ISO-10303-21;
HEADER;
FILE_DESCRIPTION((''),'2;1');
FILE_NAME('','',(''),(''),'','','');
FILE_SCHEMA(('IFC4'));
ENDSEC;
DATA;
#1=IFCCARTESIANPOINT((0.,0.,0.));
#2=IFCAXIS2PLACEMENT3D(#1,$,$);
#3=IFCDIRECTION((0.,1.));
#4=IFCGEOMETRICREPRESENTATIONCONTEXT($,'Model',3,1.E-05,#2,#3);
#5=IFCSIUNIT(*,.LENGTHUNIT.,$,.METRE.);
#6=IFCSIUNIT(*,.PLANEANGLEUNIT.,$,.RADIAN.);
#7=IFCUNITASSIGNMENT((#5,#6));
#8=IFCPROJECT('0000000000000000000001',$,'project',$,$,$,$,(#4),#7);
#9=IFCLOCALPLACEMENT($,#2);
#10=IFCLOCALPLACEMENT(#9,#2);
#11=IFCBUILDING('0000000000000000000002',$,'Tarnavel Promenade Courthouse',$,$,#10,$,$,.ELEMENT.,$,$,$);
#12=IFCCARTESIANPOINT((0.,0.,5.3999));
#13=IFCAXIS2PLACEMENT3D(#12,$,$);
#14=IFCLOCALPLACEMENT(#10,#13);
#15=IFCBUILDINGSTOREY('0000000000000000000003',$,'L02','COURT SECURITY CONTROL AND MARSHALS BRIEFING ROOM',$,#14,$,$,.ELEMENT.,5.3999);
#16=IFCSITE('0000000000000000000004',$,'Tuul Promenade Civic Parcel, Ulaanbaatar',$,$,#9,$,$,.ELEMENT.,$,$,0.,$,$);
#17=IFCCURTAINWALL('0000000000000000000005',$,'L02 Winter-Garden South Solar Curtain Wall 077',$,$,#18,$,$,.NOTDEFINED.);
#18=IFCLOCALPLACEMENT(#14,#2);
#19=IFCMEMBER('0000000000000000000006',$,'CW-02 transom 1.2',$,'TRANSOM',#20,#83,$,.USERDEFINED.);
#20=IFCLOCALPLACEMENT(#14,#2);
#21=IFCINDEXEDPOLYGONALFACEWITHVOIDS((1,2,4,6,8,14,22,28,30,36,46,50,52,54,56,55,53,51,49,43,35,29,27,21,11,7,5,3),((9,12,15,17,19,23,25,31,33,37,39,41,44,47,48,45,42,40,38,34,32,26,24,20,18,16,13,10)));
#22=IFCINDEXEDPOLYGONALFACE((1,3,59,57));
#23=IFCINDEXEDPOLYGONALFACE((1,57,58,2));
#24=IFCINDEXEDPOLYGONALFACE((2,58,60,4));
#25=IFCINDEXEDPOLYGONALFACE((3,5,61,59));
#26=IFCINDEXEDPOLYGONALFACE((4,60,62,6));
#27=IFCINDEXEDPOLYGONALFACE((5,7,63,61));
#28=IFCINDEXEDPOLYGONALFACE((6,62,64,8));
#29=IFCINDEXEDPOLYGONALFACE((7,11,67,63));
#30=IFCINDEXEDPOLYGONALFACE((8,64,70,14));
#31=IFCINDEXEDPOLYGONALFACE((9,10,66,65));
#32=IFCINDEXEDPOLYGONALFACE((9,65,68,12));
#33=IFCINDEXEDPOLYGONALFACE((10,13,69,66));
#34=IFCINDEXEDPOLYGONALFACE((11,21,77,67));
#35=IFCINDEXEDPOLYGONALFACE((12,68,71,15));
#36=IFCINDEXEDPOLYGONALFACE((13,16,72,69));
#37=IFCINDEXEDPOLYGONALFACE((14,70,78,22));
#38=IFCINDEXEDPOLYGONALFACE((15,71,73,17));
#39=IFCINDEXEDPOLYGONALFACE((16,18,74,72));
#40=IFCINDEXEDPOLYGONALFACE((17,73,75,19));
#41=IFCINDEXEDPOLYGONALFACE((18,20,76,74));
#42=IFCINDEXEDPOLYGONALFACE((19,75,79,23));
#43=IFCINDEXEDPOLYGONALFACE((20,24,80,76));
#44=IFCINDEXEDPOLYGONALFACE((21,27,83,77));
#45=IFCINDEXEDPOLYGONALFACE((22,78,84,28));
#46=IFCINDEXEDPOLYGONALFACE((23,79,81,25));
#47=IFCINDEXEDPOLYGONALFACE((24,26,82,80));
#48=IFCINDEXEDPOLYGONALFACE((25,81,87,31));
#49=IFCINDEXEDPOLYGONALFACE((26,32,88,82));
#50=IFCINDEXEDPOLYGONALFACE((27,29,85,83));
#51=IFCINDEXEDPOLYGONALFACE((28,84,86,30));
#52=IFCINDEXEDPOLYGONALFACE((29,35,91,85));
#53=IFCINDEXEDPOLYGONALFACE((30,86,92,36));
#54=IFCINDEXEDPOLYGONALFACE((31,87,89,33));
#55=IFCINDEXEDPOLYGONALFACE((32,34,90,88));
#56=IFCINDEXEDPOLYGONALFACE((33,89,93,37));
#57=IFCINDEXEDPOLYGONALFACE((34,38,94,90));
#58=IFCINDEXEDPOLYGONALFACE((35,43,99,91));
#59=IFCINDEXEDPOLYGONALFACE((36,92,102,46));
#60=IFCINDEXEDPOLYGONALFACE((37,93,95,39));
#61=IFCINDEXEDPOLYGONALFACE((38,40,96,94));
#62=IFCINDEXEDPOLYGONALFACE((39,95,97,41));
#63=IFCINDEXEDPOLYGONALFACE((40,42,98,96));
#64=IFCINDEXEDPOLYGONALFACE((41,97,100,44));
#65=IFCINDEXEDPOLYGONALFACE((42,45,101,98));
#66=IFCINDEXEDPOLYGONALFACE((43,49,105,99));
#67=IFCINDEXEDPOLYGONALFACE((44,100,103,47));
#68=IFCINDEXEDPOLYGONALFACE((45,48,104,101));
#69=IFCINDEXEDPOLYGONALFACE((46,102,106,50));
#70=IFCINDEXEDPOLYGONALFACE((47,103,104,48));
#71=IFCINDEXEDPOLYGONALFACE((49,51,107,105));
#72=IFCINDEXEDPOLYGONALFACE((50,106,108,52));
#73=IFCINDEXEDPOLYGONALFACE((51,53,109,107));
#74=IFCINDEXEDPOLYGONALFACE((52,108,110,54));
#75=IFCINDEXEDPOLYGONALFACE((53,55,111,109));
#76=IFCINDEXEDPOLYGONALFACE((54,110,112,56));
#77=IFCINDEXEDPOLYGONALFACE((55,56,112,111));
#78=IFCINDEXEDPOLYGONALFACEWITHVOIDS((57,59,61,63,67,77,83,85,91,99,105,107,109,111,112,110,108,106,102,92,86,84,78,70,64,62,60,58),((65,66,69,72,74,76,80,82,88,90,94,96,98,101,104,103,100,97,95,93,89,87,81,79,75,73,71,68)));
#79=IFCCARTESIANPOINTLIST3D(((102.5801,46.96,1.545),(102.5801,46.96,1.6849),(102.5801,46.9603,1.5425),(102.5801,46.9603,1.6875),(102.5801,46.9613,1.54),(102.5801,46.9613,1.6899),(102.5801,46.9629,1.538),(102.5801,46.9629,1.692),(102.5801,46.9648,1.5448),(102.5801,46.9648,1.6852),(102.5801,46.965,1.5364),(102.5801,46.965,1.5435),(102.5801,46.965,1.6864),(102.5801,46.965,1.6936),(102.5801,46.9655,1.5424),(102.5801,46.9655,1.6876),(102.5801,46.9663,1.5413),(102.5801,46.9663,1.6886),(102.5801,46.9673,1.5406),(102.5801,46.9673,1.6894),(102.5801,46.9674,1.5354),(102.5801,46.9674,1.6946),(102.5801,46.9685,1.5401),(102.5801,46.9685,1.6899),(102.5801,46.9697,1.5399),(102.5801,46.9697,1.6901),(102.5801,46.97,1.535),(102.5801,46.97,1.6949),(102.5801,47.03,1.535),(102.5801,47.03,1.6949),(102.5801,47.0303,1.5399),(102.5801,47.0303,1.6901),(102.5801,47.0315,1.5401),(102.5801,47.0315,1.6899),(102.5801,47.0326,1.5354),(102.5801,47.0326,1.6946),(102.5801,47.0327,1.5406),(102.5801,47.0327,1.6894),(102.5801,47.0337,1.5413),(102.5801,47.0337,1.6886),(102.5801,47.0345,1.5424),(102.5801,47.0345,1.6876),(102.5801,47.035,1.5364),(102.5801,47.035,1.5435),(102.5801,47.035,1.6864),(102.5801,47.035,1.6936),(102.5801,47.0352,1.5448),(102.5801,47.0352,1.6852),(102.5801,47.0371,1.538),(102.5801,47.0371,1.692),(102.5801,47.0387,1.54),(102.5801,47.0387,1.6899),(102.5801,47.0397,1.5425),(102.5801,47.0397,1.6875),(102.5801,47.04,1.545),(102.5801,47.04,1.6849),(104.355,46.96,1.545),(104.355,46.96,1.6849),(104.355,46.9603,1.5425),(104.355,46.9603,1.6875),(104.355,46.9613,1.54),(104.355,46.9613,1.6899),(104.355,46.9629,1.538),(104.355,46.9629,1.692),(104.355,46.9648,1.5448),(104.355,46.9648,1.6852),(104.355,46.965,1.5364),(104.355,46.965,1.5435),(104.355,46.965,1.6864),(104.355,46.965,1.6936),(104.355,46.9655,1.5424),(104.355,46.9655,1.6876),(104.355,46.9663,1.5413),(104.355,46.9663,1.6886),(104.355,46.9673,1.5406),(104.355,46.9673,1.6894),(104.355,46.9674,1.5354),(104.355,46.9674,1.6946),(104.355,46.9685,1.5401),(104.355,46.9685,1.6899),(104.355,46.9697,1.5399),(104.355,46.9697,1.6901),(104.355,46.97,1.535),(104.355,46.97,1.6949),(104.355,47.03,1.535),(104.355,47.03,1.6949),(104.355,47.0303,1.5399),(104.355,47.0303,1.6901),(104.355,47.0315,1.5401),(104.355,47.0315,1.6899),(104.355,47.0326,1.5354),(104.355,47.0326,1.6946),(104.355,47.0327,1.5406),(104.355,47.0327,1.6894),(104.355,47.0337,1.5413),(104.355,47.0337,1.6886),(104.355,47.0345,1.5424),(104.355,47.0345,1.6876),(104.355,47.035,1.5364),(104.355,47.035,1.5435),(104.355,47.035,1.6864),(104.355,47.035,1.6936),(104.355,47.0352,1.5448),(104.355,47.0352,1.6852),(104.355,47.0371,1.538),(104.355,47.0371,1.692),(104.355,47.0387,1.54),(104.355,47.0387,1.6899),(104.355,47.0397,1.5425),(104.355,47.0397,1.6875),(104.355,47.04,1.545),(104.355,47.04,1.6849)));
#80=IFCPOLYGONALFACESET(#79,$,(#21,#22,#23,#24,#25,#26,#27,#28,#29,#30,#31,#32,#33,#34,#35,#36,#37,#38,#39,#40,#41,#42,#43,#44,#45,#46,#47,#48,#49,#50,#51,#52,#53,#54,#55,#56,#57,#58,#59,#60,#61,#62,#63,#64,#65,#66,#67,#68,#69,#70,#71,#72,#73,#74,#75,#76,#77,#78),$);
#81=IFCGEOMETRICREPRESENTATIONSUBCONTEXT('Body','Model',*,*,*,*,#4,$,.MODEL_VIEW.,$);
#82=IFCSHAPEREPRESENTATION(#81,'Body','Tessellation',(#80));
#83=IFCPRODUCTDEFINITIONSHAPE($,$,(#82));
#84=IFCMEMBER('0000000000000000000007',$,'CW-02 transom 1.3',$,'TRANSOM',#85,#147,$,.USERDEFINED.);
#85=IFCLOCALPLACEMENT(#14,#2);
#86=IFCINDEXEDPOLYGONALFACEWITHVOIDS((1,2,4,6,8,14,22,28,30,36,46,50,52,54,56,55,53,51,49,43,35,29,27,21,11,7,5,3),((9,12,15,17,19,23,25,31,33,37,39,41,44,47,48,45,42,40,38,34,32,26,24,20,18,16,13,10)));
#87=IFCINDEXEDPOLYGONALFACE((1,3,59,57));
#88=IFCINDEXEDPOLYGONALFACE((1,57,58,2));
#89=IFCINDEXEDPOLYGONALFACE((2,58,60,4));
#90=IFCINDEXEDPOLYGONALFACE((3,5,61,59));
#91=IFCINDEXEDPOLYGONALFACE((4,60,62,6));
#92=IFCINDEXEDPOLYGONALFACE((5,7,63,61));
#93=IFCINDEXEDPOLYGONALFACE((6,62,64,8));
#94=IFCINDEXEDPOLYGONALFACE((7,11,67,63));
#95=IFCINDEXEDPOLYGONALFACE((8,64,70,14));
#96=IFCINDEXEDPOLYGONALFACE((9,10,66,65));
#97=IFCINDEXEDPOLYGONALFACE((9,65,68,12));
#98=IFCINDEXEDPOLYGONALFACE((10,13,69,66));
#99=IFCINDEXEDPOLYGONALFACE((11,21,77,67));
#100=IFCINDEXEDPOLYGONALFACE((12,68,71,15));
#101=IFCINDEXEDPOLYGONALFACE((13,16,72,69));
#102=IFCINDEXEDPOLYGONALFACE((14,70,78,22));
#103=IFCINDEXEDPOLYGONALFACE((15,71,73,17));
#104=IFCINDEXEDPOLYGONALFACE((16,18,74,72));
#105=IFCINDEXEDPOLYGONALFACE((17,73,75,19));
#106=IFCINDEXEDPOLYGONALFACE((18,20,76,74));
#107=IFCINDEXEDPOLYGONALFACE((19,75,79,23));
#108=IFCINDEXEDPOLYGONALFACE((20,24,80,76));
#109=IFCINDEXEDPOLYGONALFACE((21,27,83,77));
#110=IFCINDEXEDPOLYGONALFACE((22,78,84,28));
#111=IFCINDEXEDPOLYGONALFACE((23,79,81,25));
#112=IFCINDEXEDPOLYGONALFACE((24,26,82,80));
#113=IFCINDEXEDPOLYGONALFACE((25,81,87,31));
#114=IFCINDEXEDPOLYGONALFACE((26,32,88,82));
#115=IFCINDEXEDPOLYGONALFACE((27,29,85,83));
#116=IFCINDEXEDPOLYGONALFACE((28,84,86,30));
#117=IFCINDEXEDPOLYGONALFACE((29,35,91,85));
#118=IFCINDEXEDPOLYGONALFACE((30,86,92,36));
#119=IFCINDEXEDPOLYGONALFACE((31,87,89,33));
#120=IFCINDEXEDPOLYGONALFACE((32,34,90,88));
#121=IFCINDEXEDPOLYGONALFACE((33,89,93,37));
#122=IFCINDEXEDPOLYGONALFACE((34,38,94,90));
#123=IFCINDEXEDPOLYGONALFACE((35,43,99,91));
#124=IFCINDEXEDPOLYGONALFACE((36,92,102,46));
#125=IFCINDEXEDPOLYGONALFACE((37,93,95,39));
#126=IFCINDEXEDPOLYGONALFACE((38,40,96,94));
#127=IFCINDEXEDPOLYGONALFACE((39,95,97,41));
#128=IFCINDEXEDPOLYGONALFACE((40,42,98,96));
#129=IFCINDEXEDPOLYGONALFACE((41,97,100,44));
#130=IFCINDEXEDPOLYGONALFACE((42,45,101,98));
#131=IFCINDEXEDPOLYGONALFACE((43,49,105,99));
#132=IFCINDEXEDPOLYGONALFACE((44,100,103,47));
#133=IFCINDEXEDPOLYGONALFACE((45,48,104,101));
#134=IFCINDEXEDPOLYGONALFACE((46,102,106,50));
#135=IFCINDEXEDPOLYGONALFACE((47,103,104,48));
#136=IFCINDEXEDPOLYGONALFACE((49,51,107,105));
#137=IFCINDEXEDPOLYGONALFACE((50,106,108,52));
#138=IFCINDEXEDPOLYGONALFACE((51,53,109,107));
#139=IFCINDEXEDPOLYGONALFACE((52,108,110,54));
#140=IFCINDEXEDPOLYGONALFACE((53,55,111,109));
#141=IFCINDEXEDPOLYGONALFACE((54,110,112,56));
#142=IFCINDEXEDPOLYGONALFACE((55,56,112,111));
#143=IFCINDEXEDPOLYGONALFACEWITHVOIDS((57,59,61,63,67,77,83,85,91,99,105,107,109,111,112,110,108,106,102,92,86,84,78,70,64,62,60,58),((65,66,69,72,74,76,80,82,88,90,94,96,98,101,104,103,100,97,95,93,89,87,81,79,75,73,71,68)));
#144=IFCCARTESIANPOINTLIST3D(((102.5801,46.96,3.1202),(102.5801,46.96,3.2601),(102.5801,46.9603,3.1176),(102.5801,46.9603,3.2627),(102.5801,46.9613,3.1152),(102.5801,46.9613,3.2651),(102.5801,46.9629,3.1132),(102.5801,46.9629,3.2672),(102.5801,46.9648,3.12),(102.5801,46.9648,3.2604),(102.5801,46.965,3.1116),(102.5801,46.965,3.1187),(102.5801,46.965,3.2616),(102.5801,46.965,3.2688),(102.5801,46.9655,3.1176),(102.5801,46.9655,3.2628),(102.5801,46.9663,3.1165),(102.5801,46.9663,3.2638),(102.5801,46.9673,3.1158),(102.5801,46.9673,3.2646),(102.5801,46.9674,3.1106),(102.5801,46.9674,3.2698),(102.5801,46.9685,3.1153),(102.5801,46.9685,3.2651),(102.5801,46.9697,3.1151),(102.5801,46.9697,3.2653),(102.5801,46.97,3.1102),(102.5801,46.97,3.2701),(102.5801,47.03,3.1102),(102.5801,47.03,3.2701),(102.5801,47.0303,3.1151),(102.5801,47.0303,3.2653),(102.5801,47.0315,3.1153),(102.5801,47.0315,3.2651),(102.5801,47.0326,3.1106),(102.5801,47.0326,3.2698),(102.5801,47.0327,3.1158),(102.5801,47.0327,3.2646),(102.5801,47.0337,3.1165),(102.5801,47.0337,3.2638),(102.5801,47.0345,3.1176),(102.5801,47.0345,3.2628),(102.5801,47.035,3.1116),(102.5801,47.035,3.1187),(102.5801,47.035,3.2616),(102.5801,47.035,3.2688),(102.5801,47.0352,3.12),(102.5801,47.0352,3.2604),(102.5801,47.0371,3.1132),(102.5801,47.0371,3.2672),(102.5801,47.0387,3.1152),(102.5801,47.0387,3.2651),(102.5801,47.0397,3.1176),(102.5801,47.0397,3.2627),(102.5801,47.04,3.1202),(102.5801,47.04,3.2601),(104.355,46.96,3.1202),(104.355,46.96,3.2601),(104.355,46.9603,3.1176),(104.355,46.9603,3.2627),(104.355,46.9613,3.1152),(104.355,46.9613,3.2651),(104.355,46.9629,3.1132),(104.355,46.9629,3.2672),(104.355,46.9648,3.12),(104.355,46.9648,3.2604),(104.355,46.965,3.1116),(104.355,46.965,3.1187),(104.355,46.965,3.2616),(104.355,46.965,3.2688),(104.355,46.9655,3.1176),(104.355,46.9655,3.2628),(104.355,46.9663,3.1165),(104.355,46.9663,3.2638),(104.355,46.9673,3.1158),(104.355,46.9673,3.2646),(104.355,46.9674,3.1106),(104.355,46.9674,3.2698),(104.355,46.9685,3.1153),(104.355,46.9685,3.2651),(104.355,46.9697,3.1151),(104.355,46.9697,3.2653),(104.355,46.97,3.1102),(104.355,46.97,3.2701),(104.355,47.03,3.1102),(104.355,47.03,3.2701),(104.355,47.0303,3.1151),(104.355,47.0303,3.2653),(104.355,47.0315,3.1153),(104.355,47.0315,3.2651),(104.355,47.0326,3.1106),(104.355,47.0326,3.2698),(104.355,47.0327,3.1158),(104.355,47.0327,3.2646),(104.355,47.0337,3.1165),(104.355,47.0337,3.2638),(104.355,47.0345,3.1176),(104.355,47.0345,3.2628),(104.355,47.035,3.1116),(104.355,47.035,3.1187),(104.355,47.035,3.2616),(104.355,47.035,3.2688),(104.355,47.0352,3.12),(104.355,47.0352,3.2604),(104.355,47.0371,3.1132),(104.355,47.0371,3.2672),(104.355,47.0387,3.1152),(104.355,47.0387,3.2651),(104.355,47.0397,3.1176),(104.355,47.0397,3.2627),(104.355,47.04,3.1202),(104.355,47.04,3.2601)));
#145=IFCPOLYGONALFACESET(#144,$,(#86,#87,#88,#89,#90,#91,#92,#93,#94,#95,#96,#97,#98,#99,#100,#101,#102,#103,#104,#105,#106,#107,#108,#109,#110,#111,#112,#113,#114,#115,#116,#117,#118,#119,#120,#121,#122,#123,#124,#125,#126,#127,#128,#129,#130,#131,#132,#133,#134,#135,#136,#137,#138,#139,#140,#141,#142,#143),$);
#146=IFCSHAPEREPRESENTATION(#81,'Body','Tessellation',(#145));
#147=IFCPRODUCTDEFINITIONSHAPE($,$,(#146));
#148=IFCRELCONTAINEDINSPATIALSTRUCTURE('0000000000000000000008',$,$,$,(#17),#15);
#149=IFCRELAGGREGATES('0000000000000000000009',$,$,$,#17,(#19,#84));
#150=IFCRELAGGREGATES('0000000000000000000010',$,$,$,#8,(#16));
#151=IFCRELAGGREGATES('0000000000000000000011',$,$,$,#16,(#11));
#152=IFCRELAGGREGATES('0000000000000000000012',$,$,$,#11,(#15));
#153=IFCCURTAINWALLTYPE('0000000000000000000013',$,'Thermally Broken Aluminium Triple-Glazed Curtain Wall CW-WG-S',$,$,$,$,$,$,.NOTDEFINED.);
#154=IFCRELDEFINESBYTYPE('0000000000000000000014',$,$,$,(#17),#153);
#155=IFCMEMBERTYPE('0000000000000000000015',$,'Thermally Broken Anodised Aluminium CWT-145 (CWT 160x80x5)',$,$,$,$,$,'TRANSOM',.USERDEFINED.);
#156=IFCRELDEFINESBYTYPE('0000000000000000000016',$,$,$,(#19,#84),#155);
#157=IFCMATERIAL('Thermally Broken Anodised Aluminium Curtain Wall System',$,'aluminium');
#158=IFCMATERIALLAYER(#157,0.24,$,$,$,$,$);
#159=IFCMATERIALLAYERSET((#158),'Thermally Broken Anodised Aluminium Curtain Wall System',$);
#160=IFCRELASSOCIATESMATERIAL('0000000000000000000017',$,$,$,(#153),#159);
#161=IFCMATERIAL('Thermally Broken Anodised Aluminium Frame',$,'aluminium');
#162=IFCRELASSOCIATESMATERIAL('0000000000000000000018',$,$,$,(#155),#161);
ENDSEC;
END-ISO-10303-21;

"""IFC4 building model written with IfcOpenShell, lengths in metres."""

from ifc_helpers import new_model, si_unit, direction, frame, origin, origin_2d, place, context, subcontext, project, spatial, hollow_rectangle, extrude, material, layer, layer_set, material_profile, profile_set, type_object, element, aggregate, save


model = new_model("IFC4")

# Units and contexts
model_context = context("Model", 3, precision=1e-05, world=origin(), true_north=direction((0.0, 1.0)))
body_context = subcontext(model_context, "Body", "Model", "MODEL_VIEW")
ifc_project = project(units=[si_unit("LENGTHUNIT", "METRE"), si_unit("PLANEANGLEUNIT", "RADIAN")], contexts=[model_context])

# Site, building, storey
site_placement = place(None, origin())
site = spatial("IfcSite", under=ifc_project, at=site_placement, Name="Tuul Promenade Civic Parcel, Ulaanbaatar", CompositionType="ELEMENT", RefElevation=0.0)
building_placement = place(site_placement, origin())
building = spatial("IfcBuilding", under=site, at=building_placement, Name="Tarnavel Promenade Courthouse", CompositionType="ELEMENT")
storey_placement = place(building_placement, frame((0.0, 0.0, 5.3999)))
storey = spatial("IfcBuildingStorey", under=building, at=storey_placement, Name="L02", Description="COURT SECURITY CONTROL AND MARSHALS BRIEFING ROOM", CompositionType="ELEMENT", Elevation=5.3999)

# Shared definitions
ifc_material_1 = material(Name="Thermally Broken Anodised Aluminium Curtain Wall System", Category="aluminium")
ifc_layer_1 = layer(ifc_material_1, 0.24)
ifc_layer_set_1 = layer_set([ifc_layer_1], Name="Thermally Broken Anodised Aluminium Curtain Wall System")
curtain_wall_type = type_object("IfcCurtainWallType", Name="Thermally Broken Aluminium Triple-Glazed Curtain Wall CW-WG-S", PredefinedType="NOTDEFINED", material=ifc_layer_set_1)
ifc_material_2 = material(Name="Thermally Broken Anodised Aluminium Frame", Category="aluminium")

# Curtain wall
curtain_wall_1_placement = place(storey_placement, origin())
curtain_wall_1 = element("IfcCurtainWall", 1, at=curtain_wall_1_placement, inside=storey, type_object=curtain_wall_type, Name="L02 Winter-Garden South Solar Curtain Wall 077", PredefinedType="NOTDEFINED")

# Members
ifc_material_profile_1 = material_profile(ifc_material_2, hollow_rectangle(XDim=0.0801, YDim=0.1599, WallThickness=0.0049, InnerFilletRadius=0.0049, OuterFilletRadius=0.01, at=origin_2d()), Name="CWT 160x80x5")
ifc_profile_set_1 = profile_set([ifc_material_profile_1], Name="Thermally Broken Anodised Aluminium Frame")
member_type_1 = type_object("IfcMemberType", Name="Thermally Broken Anodised Aluminium CWT-145 (CWT 160x80x5)", ElementType="TRANSOM", PredefinedType="USERDEFINED", material=ifc_profile_set_1)
member_1_placement = place(storey_placement, frame((102.5801, 47.0, 1.615), z_axis=(1.0, 0.0, 0.0), x_axis=(0.0, 1.0, 0.0)))
member_1 = element("IfcMember", 2, at=member_1_placement, type_object=member_type_1, Name="CW-02 transom 1.2", ObjectType="TRANSOM", PredefinedType="USERDEFINED", context=body_context, shape_type="SweptSolid", body=[
    extrude(hollow_rectangle(XDim=0.0801, YDim=0.1599, WallThickness=0.0049, InnerFilletRadius=0.0049, OuterFilletRadius=0.01, at=origin_2d()), origin(), (0.0, 0.0, 1.0), 1.7749),
])
member_2_placement = place(storey_placement, frame((102.5801, 47.0, 3.1902), z_axis=(1.0, 0.0, 0.0), x_axis=(0.0, 1.0, 0.0)))
member_2 = element("IfcMember", 3, at=member_2_placement, type_object=member_type_1, Name="CW-02 transom 1.3", ObjectType="TRANSOM", PredefinedType="USERDEFINED", context=body_context, shape_type="SweptSolid", body=[
    extrude(hollow_rectangle(XDim=0.0801, YDim=0.1599, WallThickness=0.0049, InnerFilletRadius=0.0049, OuterFilletRadius=0.01, at=origin_2d()), origin(), (0.0, 0.0, 1.0), 1.7749),
])

aggregate(curtain_wall_1, [member_1, member_2])

save(model, "model.ifc")
